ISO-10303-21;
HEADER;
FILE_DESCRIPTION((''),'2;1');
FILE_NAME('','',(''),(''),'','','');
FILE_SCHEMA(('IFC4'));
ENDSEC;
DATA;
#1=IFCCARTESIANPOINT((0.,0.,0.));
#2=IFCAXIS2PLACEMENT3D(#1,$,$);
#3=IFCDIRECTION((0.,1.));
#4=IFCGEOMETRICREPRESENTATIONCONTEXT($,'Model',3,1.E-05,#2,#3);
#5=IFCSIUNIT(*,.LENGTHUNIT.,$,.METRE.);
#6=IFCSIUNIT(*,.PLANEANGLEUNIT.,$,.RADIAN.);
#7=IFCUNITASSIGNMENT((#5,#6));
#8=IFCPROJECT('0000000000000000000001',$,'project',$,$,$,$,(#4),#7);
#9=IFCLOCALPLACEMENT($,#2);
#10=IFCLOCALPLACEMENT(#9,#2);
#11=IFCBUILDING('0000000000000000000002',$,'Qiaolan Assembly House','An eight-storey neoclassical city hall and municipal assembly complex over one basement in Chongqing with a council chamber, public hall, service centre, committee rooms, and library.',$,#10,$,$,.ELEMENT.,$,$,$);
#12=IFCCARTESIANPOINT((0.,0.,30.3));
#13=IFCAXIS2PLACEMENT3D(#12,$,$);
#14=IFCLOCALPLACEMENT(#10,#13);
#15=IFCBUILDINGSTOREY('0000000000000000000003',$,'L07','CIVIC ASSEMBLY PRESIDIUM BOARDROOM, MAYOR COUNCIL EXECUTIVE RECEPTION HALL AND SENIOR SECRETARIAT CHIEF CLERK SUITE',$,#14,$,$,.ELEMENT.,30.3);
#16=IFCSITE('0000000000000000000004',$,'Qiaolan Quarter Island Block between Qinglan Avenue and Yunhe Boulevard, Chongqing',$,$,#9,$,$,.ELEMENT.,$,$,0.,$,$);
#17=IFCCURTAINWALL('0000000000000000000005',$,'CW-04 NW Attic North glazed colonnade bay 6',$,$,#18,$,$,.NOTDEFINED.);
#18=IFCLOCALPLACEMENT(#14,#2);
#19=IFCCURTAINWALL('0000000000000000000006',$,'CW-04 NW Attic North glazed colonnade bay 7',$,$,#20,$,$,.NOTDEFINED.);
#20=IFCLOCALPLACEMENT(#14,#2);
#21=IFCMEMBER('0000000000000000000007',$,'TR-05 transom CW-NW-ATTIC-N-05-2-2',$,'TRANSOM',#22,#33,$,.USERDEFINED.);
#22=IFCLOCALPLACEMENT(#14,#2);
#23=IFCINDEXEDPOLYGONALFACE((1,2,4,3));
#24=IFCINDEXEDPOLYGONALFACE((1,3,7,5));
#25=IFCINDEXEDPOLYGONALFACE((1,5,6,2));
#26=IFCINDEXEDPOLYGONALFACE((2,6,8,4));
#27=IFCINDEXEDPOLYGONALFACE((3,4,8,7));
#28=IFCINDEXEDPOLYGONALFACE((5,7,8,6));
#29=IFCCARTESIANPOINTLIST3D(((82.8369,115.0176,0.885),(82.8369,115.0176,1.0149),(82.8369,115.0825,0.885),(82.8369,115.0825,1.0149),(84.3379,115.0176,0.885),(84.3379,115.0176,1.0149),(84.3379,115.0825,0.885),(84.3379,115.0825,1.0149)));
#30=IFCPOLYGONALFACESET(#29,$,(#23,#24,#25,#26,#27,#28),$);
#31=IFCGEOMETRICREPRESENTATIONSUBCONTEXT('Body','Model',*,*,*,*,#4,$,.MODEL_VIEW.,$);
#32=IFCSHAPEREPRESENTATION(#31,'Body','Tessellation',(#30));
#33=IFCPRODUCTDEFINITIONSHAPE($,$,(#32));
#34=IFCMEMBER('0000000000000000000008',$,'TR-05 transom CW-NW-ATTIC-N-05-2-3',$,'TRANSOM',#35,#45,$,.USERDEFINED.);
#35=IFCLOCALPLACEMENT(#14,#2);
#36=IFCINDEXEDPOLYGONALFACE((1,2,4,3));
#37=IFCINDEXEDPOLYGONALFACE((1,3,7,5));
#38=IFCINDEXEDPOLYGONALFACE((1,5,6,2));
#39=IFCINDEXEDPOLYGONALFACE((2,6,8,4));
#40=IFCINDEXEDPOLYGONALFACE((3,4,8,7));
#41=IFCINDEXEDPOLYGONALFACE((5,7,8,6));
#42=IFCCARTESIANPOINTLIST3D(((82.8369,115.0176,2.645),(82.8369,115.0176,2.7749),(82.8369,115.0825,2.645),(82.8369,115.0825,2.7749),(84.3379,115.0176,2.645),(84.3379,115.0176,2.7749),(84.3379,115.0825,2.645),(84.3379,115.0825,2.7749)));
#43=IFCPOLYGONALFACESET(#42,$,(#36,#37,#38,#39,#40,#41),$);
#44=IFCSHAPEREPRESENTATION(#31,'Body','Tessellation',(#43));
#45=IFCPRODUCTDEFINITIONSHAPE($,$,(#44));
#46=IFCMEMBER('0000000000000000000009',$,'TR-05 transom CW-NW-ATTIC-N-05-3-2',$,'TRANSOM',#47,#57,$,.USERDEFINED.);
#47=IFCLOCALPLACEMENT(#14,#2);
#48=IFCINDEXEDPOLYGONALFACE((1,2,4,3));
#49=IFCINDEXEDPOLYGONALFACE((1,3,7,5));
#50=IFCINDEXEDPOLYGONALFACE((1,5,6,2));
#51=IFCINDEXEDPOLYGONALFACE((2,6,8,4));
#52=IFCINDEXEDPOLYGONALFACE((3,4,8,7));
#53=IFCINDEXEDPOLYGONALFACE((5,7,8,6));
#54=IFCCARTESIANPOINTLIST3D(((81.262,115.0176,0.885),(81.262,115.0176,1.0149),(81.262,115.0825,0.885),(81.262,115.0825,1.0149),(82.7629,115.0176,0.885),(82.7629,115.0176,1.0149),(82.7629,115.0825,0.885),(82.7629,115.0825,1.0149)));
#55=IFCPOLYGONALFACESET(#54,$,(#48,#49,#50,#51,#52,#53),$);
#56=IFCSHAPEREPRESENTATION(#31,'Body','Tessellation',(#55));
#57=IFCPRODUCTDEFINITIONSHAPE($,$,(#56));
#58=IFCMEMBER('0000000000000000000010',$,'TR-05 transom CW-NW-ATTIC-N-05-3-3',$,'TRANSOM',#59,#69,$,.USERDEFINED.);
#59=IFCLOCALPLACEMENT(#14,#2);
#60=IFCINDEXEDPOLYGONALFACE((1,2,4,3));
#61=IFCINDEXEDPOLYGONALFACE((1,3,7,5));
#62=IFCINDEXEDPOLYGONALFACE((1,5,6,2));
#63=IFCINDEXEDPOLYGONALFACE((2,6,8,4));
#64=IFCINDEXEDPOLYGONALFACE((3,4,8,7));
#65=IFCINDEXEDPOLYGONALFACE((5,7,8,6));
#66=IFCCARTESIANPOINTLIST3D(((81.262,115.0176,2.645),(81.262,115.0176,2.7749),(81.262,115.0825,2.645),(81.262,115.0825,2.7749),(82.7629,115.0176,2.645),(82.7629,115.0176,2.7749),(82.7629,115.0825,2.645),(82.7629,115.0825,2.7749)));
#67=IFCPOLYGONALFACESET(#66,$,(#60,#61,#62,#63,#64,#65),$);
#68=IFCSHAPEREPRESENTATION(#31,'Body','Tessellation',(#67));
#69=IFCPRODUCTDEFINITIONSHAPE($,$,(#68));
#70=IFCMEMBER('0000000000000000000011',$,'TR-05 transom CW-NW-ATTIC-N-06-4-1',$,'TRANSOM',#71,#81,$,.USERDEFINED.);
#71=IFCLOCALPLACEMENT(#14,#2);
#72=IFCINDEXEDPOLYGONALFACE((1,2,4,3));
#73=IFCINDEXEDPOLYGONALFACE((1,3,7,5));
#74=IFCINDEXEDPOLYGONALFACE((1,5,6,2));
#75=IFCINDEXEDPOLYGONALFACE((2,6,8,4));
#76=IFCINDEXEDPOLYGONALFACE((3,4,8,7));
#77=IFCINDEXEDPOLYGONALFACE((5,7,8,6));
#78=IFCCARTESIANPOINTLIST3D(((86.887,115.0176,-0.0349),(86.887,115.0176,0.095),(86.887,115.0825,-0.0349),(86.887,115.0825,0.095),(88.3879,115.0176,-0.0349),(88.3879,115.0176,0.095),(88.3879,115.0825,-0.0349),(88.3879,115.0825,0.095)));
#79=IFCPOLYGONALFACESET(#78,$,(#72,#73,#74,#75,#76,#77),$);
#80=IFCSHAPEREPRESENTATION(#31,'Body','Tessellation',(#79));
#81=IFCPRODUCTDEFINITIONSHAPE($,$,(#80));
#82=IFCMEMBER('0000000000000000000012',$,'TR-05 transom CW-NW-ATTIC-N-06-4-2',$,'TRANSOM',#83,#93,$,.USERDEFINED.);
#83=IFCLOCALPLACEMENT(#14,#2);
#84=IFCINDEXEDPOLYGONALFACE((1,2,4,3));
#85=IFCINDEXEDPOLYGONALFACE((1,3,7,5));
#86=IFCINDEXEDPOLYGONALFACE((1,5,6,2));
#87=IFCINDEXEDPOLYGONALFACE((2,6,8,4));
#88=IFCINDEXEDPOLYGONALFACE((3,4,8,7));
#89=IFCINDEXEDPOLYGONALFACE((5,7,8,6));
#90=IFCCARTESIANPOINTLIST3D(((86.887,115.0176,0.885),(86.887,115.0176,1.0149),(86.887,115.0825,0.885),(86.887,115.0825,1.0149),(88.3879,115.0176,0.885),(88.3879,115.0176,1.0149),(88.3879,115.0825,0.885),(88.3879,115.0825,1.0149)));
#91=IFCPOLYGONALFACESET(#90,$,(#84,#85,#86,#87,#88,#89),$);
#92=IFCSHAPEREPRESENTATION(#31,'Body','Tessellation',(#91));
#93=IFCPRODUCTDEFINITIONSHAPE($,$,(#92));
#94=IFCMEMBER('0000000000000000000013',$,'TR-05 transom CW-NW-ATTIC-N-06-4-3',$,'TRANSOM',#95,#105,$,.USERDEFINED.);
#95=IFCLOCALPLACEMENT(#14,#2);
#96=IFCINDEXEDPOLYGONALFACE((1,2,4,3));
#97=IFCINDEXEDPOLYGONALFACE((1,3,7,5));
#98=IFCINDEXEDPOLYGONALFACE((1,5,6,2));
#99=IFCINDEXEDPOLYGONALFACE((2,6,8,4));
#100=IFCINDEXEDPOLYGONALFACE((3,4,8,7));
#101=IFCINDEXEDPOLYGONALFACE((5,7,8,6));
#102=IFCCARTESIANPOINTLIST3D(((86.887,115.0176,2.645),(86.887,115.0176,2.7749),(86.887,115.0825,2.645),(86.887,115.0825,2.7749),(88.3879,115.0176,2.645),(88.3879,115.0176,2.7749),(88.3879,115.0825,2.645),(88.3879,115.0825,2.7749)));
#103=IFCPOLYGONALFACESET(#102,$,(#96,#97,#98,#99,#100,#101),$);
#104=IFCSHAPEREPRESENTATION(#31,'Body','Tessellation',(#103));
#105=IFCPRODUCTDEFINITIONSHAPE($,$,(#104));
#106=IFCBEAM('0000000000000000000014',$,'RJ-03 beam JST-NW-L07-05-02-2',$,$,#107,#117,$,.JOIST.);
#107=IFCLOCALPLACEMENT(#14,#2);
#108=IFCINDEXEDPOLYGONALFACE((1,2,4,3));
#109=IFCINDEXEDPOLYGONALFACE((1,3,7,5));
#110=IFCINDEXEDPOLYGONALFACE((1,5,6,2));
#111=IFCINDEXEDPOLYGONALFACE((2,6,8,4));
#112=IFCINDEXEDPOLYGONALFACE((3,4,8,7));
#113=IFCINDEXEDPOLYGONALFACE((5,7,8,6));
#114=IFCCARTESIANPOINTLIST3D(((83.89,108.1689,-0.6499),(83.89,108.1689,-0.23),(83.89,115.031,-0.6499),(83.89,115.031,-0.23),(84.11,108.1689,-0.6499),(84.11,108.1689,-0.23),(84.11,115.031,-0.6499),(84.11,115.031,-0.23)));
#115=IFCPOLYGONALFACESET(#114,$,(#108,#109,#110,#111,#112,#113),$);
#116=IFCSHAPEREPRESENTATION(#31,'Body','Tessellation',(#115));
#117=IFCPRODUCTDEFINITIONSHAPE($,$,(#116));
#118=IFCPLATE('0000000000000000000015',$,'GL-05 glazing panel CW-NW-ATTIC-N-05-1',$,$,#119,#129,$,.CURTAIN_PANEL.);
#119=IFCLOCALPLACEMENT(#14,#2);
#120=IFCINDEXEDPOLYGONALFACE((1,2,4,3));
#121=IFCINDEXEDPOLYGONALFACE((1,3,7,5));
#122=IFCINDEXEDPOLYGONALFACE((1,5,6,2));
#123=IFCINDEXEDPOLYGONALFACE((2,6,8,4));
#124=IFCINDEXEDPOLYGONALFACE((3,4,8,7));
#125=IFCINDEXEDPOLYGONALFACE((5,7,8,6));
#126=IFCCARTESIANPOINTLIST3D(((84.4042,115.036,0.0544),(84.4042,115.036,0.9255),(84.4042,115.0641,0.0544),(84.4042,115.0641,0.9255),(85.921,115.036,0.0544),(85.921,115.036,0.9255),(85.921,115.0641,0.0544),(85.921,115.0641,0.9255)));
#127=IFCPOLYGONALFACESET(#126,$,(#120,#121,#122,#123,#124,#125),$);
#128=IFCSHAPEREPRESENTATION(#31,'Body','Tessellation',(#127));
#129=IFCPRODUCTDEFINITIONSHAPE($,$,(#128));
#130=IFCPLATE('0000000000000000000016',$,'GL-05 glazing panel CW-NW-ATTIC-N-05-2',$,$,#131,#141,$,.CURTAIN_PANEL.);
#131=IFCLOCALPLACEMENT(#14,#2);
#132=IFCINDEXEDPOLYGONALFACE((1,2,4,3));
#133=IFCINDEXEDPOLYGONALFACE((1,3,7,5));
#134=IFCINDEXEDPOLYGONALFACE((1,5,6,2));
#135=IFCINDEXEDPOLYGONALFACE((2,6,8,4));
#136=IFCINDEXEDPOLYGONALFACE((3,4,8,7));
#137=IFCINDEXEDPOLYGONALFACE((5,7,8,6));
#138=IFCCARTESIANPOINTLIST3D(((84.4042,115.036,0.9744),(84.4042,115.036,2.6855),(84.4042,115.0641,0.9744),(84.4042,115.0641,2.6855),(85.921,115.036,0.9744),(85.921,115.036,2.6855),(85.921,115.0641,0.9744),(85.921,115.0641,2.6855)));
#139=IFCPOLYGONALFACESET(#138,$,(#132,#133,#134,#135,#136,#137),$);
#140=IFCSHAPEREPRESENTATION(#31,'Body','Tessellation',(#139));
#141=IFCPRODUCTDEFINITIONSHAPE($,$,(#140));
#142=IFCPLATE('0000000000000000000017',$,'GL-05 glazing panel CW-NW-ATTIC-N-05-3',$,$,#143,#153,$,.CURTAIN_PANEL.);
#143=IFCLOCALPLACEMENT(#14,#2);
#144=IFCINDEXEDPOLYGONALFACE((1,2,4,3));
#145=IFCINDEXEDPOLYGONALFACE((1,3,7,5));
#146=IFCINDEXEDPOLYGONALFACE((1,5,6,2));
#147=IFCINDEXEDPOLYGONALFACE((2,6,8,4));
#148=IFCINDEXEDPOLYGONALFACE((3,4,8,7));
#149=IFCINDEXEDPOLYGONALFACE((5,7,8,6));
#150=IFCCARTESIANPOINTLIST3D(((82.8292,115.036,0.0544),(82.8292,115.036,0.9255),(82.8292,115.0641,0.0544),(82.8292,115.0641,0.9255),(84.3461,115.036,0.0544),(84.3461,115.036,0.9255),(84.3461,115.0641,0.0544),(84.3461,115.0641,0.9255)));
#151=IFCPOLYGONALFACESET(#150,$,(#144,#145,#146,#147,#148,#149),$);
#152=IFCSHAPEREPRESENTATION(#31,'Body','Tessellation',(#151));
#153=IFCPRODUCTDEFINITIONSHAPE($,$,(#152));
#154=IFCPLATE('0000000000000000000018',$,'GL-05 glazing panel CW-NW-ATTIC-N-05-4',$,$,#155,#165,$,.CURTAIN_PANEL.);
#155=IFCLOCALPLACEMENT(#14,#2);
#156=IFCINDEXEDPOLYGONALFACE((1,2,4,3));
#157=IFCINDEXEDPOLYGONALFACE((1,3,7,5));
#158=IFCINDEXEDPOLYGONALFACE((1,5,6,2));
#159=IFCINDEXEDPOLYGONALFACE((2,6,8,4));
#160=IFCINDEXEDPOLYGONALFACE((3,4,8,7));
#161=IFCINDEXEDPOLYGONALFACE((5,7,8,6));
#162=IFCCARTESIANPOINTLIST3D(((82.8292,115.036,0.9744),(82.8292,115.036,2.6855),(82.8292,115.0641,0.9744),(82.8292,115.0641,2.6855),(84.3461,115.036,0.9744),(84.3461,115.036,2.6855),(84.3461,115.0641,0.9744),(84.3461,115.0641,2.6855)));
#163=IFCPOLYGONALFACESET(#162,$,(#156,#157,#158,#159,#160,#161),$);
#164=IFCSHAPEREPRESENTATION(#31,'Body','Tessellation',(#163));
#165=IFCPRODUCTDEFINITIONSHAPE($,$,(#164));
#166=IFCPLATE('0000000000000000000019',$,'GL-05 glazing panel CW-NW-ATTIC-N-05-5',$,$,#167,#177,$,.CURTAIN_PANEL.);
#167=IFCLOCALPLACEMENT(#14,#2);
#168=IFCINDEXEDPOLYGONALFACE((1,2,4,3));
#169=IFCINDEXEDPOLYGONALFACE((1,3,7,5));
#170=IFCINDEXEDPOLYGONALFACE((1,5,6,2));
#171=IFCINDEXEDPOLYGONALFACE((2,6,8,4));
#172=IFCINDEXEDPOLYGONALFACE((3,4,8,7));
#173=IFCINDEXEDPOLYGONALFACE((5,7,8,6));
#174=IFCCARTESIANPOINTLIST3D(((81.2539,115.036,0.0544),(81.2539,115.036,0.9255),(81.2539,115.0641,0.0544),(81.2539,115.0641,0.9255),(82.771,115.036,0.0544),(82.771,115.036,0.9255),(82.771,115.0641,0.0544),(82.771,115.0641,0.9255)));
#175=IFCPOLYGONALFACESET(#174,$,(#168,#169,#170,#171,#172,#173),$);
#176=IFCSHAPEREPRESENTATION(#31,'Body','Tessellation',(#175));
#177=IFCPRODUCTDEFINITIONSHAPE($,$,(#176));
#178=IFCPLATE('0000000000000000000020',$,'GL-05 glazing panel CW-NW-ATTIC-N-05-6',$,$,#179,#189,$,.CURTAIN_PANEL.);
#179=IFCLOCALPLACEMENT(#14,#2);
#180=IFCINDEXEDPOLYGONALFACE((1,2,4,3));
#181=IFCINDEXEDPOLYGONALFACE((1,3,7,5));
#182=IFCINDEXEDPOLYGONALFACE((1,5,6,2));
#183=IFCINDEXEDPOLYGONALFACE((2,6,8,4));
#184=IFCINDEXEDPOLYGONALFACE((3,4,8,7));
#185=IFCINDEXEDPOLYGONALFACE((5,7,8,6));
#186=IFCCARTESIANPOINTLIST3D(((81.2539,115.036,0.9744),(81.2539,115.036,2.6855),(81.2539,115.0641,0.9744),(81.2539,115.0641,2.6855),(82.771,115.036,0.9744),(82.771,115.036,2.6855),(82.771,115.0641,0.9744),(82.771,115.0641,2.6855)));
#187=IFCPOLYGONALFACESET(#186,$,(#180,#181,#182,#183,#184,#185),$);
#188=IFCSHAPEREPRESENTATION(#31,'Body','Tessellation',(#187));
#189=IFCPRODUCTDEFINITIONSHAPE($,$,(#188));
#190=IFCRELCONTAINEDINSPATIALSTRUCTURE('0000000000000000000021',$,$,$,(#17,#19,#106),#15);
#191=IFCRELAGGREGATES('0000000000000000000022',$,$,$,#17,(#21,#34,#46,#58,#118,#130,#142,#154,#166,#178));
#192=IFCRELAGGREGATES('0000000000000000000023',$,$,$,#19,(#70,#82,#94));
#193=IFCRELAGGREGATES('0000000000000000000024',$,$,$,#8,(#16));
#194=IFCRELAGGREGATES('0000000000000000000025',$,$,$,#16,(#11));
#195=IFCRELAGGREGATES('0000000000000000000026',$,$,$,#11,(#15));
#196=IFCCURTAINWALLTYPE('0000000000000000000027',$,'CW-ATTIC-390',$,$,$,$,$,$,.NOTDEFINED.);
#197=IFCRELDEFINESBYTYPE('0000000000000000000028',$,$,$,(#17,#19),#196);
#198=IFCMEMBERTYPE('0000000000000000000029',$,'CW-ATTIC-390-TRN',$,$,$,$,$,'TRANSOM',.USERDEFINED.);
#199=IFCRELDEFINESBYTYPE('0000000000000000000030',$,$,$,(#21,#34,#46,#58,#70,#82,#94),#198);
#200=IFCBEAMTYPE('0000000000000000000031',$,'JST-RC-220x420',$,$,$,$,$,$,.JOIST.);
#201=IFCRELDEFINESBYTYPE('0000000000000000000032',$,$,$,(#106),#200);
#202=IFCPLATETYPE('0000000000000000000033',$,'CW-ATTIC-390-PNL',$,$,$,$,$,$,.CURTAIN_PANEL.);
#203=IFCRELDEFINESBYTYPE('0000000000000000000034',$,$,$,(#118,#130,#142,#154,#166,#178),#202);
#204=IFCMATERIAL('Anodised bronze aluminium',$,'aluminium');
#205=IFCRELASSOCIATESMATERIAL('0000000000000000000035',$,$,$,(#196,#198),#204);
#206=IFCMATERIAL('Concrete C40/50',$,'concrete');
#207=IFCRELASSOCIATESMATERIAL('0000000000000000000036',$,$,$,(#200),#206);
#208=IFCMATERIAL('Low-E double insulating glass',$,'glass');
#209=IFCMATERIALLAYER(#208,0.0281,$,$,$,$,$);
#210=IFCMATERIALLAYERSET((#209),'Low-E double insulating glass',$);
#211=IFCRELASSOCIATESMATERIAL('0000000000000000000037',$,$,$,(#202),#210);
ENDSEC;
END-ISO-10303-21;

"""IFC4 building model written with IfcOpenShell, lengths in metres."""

from ifc_helpers import new_model, si_unit, direction, frame, frame_2d, origin, origin_2d, place, context, subcontext, project, spatial, rectangle, extrude, material, layer, layer_set, material_profile, profile_set, type_object, element, aggregate, save


model = new_model("IFC4")

# Units and contexts
model_context = context("Model", 3, precision=1e-05, world=origin(), true_north=direction((0.0, 1.0)))
body_context = subcontext(model_context, "Body", "Model", "MODEL_VIEW")
ifc_project = project(units=[si_unit("LENGTHUNIT", "METRE"), si_unit("PLANEANGLEUNIT", "RADIAN")], contexts=[model_context])

# Site, building, storey
site_placement = place(None, origin())
site = spatial("IfcSite", under=ifc_project, at=site_placement, Name="Qiaolan Quarter Island Block between Qinglan Avenue and Yunhe Boulevard, Chongqing", CompositionType="ELEMENT", RefElevation=0.0)
building_placement = place(site_placement, origin())
building = spatial("IfcBuilding", under=site, at=building_placement, Name="Qiaolan Assembly House", Description="An eight-storey neoclassical city hall and municipal assembly complex over one basement in Chongqing with a council chamber, public hall, service centre, committee rooms, and library.", CompositionType="ELEMENT")
storey_placement = place(building_placement, frame((0.0, 0.0, 30.3)))
storey = spatial("IfcBuildingStorey", under=building, at=storey_placement, Name="L07", Description="CIVIC ASSEMBLY PRESIDIUM BOARDROOM, MAYOR COUNCIL EXECUTIVE RECEPTION HALL AND SENIOR SECRETARIAT CHIEF CLERK SUITE", CompositionType="ELEMENT", Elevation=30.3)

# Shared definitions
ifc_material_1 = material(Name="Concrete C40/50", Category="concrete")

# Curtain walls
ifc_material_2 = material(Name="Anodised bronze aluminium", Category="aluminium")
curtain_wall_type = type_object("IfcCurtainWallType", Name="CW-ATTIC-390", PredefinedType="NOTDEFINED", material=ifc_material_2)
curtain_wall_1_placement = place(storey_placement, origin())
curtain_wall_1 = element("IfcCurtainWall", 1, at=curtain_wall_1_placement, inside=storey, type_object=curtain_wall_type, Name="CW-04 NW Attic North glazed colonnade bay 6", PredefinedType="NOTDEFINED")
curtain_wall_2_placement = place(storey_placement, origin())
curtain_wall_2 = element("IfcCurtainWall", 2, at=curtain_wall_2_placement, inside=storey, type_object=curtain_wall_type, Name="CW-04 NW Attic North glazed colonnade bay 7", PredefinedType="NOTDEFINED")

# Members
ifc_material_profile_1 = material_profile(ifc_material_2, rectangle(XDim=0.0649, YDim=0.1299, at=origin_2d()), Name="TRN 65x130")
ifc_profile_set_1 = profile_set([ifc_material_profile_1], Name="Anodised bronze aluminium")
member_type_1 = type_object("IfcMemberType", Name="CW-ATTIC-390-TRN", ElementType="TRANSOM", PredefinedType="USERDEFINED", material=ifc_profile_set_1)
member_1_placement = place(storey_placement, frame((84.3379, 115.05, 0.95), z_axis=(-1.0, 0.0, 0.0), x_axis=(0.0, -1.0, 0.0)))
member_1 = element("IfcMember", 3, at=member_1_placement, type_object=member_type_1, Name="TR-05 transom CW-NW-ATTIC-N-05-2-2", ObjectType="TRANSOM", PredefinedType="USERDEFINED", context=body_context, shape_type="SweptSolid", body=[
    extrude(rectangle(XDim=0.0649, YDim=0.1299, at=origin_2d()), origin(), (0.0, 0.0, 1.0), 1.501),
])
member_2_placement = place(storey_placement, frame((84.3379, 115.05, 2.71), z_axis=(-1.0, 0.0, 0.0), x_axis=(0.0, -1.0, 0.0)))
member_2 = element("IfcMember", 4, at=member_2_placement, type_object=member_type_1, Name="TR-05 transom CW-NW-ATTIC-N-05-2-3", ObjectType="TRANSOM", PredefinedType="USERDEFINED", context=body_context, shape_type="SweptSolid", body=[
    extrude(rectangle(XDim=0.0649, YDim=0.1299, at=origin_2d()), origin(), (0.0, 0.0, 1.0), 1.501),
])
member_3_placement = place(storey_placement, frame((82.7629, 115.05, 0.95), z_axis=(-1.0, 0.0, 0.0), x_axis=(0.0, -1.0, 0.0)))
member_3 = element("IfcMember", 5, at=member_3_placement, type_object=member_type_1, Name="TR-05 transom CW-NW-ATTIC-N-05-3-2", ObjectType="TRANSOM", PredefinedType="USERDEFINED", context=body_context, shape_type="SweptSolid", body=[
    extrude(rectangle(XDim=0.0649, YDim=0.1299, at=origin_2d()), origin(), (0.0, 0.0, 1.0), 1.501),
])
member_4_placement = place(storey_placement, frame((82.7629, 115.05, 2.71), z_axis=(-1.0, 0.0, 0.0), x_axis=(0.0, -1.0, 0.0)))
member_4 = element("IfcMember", 6, at=member_4_placement, type_object=member_type_1, Name="TR-05 transom CW-NW-ATTIC-N-05-3-3", ObjectType="TRANSOM", PredefinedType="USERDEFINED", context=body_context, shape_type="SweptSolid", body=[
    extrude(rectangle(XDim=0.0649, YDim=0.1299, at=origin_2d()), origin(), (0.0, 0.0, 1.0), 1.501),
])
member_5_placement = place(storey_placement, frame((88.3879, 115.05, 0.03), z_axis=(-1.0, 0.0, 0.0), x_axis=(0.0, -1.0, 0.0)))
member_5 = element("IfcMember", 7, at=member_5_placement, type_object=member_type_1, Name="TR-05 transom CW-NW-ATTIC-N-06-4-1", ObjectType="TRANSOM", PredefinedType="USERDEFINED", context=body_context, shape_type="SweptSolid", body=[
    extrude(rectangle(XDim=0.0649, YDim=0.1299, at=origin_2d()), origin(), (0.0, 0.0, 1.0), 1.501),
])
member_6_placement = place(storey_placement, frame((88.3879, 115.05, 0.95), z_axis=(-1.0, 0.0, 0.0), x_axis=(0.0, -1.0, 0.0)))
member_6 = element("IfcMember", 8, at=member_6_placement, type_object=member_type_1, Name="TR-05 transom CW-NW-ATTIC-N-06-4-2", ObjectType="TRANSOM", PredefinedType="USERDEFINED", context=body_context, shape_type="SweptSolid", body=[
    extrude(rectangle(XDim=0.0649, YDim=0.1299, at=origin_2d()), origin(), (0.0, 0.0, 1.0), 1.501),
])
member_7_placement = place(storey_placement, frame((88.3879, 115.05, 2.71), z_axis=(-1.0, 0.0, 0.0), x_axis=(0.0, -1.0, 0.0)))
member_7 = element("IfcMember", 9, at=member_7_placement, type_object=member_type_1, Name="TR-05 transom CW-NW-ATTIC-N-06-4-3", ObjectType="TRANSOM", PredefinedType="USERDEFINED", context=body_context, shape_type="SweptSolid", body=[
    extrude(rectangle(XDim=0.0649, YDim=0.1299, at=origin_2d()), origin(), (0.0, 0.0, 1.0), 1.501),
])

# Beam
ifc_material_profile_2 = material_profile(ifc_material_1, rectangle(XDim=0.22, YDim=0.4199, at=origin_2d()), Name="RCB 220x420")
ifc_profile_set_2 = profile_set([ifc_material_profile_2], Name="Concrete C40/50")
beam_type_1 = type_object("IfcBeamType", Name="JST-RC-220x420", PredefinedType="JOIST", material=ifc_profile_set_2)
beam_1_placement = place(storey_placement, frame((84.0, 108.1689, -0.4399), z_axis=(0.0, 1.0, 0.0), x_axis=(-1.0, 0.0, 0.0)))
element("IfcBeam", 10, at=beam_1_placement, inside=storey, type_object=beam_type_1, Name="RJ-03 beam JST-NW-L07-05-02-2", PredefinedType="JOIST", context=body_context, shape_type="SweptSolid", body=[
    extrude(rectangle(XDim=0.22, YDim=0.4199, at=origin_2d()), origin(), (0.0, 0.0, 1.0), 6.8621),
])

# Plates
ifc_material_3 = material(Name="Low-E double insulating glass", Category="glass")
ifc_layer_1 = layer(ifc_material_3, 0.0281)
ifc_layer_set_1 = layer_set([ifc_layer_1], Name="Low-E double insulating glass")
plate_type = type_object("IfcPlateType", Name="CW-ATTIC-390-PNL", PredefinedType="CURTAIN_PANEL", material=ifc_layer_set_1)
plate_1_placement = place(storey_placement, frame((85.9209, 115.05, 0.0544), z_axis=(0.0, 0.0, 1.0), x_axis=(-1.0, 0.0, 0.0)))
plate_1 = element("IfcPlate", 11, at=plate_1_placement, type_object=plate_type, Name="GL-05 glazing panel CW-NW-ATTIC-N-05-1", PredefinedType="CURTAIN_PANEL", context=body_context, shape_type="SweptSolid", body=[
    extrude(rectangle(XDim=1.5168, YDim=0.0281, at=frame_2d((0.7583, 0.0))), origin(), (0.0, 0.0, 1.0), 0.8711),
])
plate_2_placement = place(storey_placement, frame((85.9209, 115.05, 0.9744), z_axis=(0.0, 0.0, 1.0), x_axis=(-1.0, 0.0, 0.0)))
plate_2 = element("IfcPlate", 12, at=plate_2_placement, type_object=plate_type, Name="GL-05 glazing panel CW-NW-ATTIC-N-05-2", PredefinedType="CURTAIN_PANEL", context=body_context, shape_type="SweptSolid", body=[
    extrude(rectangle(XDim=1.5168, YDim=0.0281, at=frame_2d((0.7583, 0.0))), origin(), (0.0, 0.0, 1.0), 1.7112),
])
plate_3_placement = place(storey_placement, frame((84.3459, 115.05, 0.0544), z_axis=(0.0, 0.0, 1.0), x_axis=(-1.0, 0.0, 0.0)))
plate_3 = element("IfcPlate", 13, at=plate_3_placement, type_object=plate_type, Name="GL-05 glazing panel CW-NW-ATTIC-N-05-3", PredefinedType="CURTAIN_PANEL", context=body_context, shape_type="SweptSolid", body=[
    extrude(rectangle(XDim=1.5168, YDim=0.0281, at=frame_2d((0.7583, 0.0))), origin(), (0.0, 0.0, 1.0), 0.8711),
])
plate_4_placement = place(storey_placement, frame((84.3459, 115.05, 0.9744), z_axis=(0.0, 0.0, 1.0), x_axis=(-1.0, 0.0, 0.0)))
plate_4 = element("IfcPlate", 14, at=plate_4_placement, type_object=plate_type, Name="GL-05 glazing panel CW-NW-ATTIC-N-05-4", PredefinedType="CURTAIN_PANEL", context=body_context, shape_type="SweptSolid", body=[
    extrude(rectangle(XDim=1.5168, YDim=0.0281, at=frame_2d((0.7583, 0.0))), origin(), (0.0, 0.0, 1.0), 1.7112),
])
plate_5_placement = place(storey_placement, frame((82.771, 115.05, 0.0544), z_axis=(0.0, 0.0, 1.0), x_axis=(-1.0, 0.0, 0.0)))
plate_5 = element("IfcPlate", 15, at=plate_5_placement, type_object=plate_type, Name="GL-05 glazing panel CW-NW-ATTIC-N-05-5", PredefinedType="CURTAIN_PANEL", context=body_context, shape_type="SweptSolid", body=[
    extrude(rectangle(XDim=1.5171, YDim=0.0281, at=frame_2d((0.7585, 0.0))), origin(), (0.0, 0.0, 1.0), 0.8711),
])
plate_6_placement = place(storey_placement, frame((82.771, 115.05, 0.9744), z_axis=(0.0, 0.0, 1.0), x_axis=(-1.0, 0.0, 0.0)))
plate_6 = element("IfcPlate", 16, at=plate_6_placement, type_object=plate_type, Name="GL-05 glazing panel CW-NW-ATTIC-N-05-6", PredefinedType="CURTAIN_PANEL", context=body_context, shape_type="SweptSolid", body=[
    extrude(rectangle(XDim=1.5171, YDim=0.0281, at=frame_2d((0.7585, 0.0))), origin(), (0.0, 0.0, 1.0), 1.7112),
])
aggregate(curtain_wall_1, [member_1, member_2, member_3, member_4, plate_1, plate_2, plate_3, plate_4, plate_5, plate_6])
aggregate(curtain_wall_2, [member_5, member_6, member_7])

save(model, "model.ifc")
